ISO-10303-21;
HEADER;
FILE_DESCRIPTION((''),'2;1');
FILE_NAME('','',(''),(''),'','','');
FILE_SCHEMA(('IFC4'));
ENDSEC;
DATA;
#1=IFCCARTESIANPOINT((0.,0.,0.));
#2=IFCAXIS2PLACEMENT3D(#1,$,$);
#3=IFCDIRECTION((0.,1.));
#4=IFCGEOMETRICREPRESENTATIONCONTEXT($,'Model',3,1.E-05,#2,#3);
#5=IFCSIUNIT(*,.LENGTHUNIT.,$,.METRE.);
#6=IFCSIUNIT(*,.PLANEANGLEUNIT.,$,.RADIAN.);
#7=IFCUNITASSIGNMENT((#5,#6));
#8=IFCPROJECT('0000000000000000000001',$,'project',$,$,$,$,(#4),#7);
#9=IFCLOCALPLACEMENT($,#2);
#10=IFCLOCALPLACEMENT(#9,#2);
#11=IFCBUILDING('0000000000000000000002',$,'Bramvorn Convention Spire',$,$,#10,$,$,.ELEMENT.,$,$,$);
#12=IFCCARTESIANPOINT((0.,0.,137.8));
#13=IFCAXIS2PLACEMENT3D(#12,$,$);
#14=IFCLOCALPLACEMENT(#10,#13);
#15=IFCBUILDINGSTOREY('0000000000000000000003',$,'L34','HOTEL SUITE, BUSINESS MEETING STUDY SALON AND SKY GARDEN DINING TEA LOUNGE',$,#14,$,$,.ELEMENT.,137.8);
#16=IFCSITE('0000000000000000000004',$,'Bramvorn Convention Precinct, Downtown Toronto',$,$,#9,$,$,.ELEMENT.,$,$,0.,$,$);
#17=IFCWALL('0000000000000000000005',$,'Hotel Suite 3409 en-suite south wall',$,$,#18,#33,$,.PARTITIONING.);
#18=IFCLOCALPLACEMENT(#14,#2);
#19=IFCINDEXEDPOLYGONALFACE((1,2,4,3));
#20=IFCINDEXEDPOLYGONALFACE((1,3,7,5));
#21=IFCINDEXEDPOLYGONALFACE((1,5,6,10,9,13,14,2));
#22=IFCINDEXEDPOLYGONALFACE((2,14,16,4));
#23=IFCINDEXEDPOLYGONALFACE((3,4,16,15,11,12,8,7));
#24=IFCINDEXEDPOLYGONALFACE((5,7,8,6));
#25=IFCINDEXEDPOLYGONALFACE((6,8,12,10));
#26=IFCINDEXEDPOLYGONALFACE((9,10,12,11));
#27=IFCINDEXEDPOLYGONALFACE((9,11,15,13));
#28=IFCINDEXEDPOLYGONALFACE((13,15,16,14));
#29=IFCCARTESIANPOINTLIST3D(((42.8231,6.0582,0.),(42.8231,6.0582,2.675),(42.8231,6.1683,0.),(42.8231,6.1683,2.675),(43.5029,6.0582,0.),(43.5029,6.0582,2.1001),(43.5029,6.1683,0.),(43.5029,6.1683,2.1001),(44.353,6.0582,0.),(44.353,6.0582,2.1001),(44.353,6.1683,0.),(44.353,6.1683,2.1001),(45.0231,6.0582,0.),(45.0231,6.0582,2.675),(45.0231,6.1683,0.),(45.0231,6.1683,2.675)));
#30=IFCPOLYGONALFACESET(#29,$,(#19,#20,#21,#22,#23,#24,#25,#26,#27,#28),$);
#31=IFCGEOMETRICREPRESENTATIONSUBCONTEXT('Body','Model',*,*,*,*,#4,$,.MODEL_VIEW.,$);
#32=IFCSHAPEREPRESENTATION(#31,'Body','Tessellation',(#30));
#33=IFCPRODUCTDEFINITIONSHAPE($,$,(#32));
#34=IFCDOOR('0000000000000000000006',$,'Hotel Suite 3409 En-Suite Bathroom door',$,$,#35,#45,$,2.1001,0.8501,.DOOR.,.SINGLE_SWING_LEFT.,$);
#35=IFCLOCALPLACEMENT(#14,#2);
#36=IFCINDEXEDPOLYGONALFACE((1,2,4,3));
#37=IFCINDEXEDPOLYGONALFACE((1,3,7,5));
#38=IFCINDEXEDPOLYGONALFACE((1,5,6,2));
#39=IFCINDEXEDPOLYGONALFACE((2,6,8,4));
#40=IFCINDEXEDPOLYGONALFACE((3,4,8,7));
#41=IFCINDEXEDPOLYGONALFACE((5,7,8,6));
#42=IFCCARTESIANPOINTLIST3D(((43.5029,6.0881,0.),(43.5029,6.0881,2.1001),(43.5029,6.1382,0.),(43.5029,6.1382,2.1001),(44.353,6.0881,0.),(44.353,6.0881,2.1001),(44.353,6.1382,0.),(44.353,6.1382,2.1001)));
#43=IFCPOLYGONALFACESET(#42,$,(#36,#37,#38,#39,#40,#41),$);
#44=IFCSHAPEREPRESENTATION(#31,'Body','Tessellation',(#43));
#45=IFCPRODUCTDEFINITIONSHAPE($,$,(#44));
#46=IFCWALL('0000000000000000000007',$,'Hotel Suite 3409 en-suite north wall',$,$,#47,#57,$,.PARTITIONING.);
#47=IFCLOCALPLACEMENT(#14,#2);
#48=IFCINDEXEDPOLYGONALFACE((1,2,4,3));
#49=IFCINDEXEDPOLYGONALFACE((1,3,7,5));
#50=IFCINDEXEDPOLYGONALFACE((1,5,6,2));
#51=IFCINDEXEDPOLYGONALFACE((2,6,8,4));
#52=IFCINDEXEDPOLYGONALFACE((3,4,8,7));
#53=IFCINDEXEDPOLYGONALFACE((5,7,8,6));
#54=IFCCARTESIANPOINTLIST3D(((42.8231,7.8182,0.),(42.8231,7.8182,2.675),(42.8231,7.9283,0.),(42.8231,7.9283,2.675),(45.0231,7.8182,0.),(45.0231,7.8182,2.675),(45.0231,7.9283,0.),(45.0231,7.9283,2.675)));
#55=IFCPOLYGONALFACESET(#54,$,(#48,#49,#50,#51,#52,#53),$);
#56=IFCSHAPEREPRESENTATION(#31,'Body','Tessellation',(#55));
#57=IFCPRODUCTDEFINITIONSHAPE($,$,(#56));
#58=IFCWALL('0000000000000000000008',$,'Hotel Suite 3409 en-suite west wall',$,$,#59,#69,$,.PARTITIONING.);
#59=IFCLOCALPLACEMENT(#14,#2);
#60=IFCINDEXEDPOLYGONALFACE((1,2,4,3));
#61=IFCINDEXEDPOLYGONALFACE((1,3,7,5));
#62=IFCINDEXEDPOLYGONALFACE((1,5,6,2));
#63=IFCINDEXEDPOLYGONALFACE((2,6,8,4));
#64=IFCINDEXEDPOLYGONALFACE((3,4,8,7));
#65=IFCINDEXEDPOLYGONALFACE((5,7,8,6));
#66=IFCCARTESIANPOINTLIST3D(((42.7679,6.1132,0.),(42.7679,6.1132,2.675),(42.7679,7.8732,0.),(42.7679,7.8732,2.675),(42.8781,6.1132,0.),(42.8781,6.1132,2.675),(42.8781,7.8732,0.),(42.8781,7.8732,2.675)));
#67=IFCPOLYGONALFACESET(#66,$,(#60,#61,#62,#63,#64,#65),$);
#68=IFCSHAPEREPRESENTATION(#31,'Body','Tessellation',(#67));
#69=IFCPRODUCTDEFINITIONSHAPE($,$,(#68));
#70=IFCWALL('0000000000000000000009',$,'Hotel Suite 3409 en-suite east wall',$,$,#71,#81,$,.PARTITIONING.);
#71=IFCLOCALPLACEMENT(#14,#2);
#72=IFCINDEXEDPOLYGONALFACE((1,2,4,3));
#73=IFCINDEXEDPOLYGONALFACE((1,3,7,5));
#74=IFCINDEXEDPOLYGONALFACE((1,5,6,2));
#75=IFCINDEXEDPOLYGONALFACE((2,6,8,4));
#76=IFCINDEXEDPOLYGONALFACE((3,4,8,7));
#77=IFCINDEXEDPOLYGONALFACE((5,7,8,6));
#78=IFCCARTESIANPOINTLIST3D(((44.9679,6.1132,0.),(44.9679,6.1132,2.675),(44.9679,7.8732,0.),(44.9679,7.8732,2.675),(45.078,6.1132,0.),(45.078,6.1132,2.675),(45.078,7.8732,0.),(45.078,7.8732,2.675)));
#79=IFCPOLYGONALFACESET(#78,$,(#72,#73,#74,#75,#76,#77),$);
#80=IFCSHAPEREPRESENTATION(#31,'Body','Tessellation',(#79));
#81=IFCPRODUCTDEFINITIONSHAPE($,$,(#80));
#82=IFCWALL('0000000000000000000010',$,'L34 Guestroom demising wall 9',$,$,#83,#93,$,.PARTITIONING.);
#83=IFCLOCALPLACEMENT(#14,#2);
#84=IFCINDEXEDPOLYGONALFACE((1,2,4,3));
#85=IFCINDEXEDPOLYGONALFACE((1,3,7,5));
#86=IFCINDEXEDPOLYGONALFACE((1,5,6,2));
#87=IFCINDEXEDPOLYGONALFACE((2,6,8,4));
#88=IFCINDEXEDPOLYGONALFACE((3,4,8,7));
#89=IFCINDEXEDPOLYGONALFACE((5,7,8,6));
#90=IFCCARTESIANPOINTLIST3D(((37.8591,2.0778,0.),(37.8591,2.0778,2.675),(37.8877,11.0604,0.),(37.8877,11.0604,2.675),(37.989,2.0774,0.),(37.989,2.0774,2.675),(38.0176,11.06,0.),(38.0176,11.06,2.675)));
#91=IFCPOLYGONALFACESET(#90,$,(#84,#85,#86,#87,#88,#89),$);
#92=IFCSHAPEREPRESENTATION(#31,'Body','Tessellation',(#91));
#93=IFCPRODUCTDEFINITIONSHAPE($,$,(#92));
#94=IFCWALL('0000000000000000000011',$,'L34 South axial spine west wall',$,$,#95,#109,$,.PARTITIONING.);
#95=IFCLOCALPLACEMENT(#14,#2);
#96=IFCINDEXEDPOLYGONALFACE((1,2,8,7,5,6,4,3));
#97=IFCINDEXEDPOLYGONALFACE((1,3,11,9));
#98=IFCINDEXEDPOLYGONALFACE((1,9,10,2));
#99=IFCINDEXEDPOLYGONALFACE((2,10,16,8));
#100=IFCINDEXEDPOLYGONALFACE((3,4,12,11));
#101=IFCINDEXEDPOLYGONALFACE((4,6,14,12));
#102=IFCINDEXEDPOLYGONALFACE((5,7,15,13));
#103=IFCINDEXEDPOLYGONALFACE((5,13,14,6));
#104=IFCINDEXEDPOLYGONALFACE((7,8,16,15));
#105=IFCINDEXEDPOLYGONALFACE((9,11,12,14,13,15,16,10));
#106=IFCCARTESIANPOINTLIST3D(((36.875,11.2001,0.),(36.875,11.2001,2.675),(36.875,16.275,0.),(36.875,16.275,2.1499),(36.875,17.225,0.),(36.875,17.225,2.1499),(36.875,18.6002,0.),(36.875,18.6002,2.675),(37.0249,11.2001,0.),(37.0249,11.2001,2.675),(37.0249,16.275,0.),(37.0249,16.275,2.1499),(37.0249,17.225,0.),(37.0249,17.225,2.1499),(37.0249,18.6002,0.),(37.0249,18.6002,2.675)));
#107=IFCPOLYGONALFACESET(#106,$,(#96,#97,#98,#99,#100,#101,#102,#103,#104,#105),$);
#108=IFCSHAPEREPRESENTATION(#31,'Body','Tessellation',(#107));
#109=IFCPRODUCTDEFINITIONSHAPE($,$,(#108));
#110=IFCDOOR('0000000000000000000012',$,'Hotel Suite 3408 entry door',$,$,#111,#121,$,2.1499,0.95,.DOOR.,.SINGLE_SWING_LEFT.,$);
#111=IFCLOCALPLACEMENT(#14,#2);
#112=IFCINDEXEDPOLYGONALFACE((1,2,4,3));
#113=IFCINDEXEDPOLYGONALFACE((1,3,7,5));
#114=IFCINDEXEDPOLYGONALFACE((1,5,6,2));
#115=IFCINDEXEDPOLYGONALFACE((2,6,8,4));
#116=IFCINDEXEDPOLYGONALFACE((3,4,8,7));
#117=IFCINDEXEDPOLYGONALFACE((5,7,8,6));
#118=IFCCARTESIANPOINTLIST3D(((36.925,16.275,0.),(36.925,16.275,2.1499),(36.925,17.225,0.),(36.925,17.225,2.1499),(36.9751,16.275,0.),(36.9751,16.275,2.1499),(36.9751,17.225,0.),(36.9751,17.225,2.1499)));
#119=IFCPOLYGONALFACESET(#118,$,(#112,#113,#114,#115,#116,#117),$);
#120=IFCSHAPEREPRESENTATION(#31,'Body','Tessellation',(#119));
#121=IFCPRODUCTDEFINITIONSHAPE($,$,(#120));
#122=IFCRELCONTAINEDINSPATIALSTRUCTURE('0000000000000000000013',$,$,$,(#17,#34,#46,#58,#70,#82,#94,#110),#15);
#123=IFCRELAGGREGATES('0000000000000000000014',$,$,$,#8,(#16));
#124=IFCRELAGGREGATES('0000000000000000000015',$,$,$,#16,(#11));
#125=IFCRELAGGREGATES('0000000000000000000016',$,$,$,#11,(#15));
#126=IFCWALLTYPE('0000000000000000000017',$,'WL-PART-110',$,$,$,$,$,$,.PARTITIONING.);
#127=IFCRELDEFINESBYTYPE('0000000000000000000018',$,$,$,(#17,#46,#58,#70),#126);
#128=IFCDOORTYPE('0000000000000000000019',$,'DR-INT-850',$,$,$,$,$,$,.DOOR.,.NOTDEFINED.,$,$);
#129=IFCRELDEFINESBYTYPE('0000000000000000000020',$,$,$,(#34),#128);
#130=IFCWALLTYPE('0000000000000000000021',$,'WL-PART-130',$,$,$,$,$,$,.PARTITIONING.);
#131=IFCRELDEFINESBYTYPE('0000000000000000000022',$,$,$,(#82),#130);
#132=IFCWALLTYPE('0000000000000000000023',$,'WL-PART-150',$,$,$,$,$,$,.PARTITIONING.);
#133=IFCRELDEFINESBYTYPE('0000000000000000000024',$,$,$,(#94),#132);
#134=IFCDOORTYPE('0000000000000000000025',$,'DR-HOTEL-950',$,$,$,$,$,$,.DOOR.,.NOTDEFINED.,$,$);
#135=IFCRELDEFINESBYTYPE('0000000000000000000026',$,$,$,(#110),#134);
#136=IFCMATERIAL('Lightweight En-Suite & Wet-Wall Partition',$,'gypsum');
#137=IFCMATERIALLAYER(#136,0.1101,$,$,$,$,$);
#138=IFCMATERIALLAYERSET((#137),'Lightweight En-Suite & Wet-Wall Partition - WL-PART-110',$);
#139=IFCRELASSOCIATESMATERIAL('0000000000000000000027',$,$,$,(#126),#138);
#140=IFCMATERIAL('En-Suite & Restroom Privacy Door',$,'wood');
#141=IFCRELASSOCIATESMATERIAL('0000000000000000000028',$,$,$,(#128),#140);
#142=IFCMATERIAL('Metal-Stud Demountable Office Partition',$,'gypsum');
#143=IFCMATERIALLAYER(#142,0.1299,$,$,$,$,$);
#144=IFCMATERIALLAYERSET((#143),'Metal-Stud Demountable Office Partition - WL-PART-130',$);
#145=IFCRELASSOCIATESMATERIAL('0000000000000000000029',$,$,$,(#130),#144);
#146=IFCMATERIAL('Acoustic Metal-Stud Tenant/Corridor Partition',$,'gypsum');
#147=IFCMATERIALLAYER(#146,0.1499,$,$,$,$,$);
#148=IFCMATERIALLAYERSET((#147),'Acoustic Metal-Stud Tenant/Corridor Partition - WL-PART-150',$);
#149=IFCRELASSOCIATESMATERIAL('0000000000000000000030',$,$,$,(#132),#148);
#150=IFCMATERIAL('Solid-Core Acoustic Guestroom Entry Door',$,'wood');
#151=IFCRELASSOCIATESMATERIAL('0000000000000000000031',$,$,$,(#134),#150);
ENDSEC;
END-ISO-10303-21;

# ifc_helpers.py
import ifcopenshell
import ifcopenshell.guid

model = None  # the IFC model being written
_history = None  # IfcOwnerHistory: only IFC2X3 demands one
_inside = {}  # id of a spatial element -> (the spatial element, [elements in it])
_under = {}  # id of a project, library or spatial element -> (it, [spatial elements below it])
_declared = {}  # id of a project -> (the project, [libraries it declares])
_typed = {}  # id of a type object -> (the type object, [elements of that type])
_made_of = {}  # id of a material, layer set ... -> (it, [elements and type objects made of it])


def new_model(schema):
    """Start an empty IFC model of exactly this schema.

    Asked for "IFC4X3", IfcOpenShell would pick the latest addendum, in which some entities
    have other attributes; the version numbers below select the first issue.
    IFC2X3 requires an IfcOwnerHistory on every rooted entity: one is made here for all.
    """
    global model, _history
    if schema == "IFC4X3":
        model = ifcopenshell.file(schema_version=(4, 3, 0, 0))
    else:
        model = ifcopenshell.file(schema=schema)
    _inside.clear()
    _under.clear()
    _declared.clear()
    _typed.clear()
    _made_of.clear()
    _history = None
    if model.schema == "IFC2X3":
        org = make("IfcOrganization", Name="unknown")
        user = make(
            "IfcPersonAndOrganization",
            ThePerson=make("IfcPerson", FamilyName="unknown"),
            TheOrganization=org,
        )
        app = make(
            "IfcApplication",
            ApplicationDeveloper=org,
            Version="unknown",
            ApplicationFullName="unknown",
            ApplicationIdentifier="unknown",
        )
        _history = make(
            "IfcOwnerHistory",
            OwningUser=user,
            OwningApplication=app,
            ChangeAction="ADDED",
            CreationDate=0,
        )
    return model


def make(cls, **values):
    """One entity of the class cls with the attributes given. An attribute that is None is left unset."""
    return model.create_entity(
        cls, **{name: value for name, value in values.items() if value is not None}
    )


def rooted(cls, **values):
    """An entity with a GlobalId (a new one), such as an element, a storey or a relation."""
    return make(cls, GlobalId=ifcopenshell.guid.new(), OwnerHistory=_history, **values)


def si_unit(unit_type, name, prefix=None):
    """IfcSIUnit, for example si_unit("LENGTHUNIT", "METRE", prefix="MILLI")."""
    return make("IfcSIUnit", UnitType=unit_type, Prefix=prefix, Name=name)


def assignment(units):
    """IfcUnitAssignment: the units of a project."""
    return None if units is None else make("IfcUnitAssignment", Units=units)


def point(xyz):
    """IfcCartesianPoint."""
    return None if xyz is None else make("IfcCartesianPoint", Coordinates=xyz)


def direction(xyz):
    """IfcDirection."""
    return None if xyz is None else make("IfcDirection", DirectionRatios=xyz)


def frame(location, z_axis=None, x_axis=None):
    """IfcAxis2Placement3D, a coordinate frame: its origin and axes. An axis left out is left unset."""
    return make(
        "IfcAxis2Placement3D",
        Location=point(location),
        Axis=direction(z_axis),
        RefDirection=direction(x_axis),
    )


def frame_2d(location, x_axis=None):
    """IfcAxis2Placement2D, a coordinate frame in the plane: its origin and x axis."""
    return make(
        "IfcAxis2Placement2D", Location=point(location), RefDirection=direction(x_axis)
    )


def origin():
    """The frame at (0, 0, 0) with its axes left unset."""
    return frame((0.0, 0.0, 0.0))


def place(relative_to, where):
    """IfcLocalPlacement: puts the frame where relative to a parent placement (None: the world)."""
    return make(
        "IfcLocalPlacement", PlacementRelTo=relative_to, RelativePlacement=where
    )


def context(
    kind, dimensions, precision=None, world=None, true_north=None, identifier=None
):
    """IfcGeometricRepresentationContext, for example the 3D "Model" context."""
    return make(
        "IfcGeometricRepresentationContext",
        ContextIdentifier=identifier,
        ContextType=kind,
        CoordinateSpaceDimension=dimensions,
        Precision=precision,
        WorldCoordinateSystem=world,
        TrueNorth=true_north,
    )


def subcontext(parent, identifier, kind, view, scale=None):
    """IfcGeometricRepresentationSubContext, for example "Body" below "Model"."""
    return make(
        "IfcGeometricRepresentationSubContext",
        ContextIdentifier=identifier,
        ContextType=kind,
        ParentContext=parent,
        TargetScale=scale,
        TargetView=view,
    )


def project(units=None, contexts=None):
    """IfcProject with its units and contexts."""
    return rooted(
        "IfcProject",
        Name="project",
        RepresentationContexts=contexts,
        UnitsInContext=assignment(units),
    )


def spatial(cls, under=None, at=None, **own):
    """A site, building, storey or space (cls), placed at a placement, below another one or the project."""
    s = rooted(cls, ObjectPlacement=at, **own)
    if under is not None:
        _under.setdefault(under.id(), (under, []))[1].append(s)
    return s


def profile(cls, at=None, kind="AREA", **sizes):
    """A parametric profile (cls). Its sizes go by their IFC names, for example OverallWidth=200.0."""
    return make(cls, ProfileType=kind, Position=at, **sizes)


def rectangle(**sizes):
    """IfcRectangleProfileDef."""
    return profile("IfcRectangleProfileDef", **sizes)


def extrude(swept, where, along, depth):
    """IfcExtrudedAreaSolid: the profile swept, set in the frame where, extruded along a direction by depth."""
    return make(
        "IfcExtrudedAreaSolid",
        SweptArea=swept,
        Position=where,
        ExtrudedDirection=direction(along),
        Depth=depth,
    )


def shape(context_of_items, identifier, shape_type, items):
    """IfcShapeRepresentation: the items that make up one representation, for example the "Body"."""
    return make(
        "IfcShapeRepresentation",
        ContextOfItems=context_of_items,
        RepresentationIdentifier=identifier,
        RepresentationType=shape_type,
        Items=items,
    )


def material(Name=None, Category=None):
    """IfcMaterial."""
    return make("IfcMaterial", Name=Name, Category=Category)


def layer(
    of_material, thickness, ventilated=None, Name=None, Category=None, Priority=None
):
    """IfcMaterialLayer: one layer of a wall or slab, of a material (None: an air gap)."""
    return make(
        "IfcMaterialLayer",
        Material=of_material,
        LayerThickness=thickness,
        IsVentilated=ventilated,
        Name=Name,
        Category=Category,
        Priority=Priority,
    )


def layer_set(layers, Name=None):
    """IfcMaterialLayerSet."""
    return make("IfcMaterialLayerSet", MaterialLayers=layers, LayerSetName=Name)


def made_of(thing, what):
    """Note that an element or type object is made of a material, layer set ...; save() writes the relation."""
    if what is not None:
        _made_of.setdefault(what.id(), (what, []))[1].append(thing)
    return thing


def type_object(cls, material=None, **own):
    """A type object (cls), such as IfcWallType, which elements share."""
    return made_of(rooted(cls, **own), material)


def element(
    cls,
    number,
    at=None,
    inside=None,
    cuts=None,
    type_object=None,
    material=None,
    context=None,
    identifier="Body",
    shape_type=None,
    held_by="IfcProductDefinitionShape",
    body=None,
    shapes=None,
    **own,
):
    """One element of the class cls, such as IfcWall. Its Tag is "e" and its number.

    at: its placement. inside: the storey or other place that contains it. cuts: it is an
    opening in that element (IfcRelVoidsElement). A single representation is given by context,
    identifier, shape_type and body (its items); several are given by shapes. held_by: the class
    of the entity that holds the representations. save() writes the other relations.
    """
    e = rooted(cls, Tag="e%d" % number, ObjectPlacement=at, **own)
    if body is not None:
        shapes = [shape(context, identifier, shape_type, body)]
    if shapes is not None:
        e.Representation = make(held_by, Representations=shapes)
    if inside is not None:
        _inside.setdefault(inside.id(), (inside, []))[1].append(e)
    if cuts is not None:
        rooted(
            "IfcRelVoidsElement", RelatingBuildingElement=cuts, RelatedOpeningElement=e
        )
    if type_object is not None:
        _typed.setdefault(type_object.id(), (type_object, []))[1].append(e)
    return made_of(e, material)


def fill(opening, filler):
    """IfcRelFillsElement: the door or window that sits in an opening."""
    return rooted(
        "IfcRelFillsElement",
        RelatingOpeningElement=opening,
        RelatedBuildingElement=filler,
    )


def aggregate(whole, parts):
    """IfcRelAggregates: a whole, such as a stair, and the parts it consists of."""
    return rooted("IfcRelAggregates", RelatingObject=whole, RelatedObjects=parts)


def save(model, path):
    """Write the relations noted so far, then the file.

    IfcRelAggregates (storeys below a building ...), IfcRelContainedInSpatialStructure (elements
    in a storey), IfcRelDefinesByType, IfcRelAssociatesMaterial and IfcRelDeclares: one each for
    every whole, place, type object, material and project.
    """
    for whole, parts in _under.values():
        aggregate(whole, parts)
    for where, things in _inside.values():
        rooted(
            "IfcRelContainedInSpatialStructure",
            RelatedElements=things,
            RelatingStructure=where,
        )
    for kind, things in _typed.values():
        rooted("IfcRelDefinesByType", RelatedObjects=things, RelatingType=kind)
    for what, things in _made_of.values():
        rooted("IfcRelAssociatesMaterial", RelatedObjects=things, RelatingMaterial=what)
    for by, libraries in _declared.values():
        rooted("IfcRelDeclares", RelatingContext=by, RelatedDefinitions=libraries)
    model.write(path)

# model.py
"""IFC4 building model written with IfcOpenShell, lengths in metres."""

from ifc_helpers import new_model, si_unit, direction, frame, frame_2d, origin, place, context, subcontext, project, spatial, rectangle, extrude, material, layer, layer_set, type_object, element, fill, save


model = new_model("IFC4")

# Units and contexts
model_context = context("Model", 3, precision=1e-05, world=origin(), true_north=direction((0.0, 1.0)))
body_context = subcontext(model_context, "Body", "Model", "MODEL_VIEW")
ifc_project = project(units=[si_unit("LENGTHUNIT", "METRE"), si_unit("PLANEANGLEUNIT", "RADIAN")], contexts=[model_context])

# Site, building, storey
site_placement = place(None, origin())
site = spatial("IfcSite", under=ifc_project, at=site_placement, Name="Bramvorn Convention Precinct, Downtown Toronto", CompositionType="ELEMENT", RefElevation=0.0)
building_placement = place(site_placement, origin())
building = spatial("IfcBuilding", under=site, at=building_placement, Name="Bramvorn Convention Spire", CompositionType="ELEMENT")
storey_placement = place(building_placement, frame((0.0, 0.0, 137.8)))
storey = spatial("IfcBuildingStorey", under=building, at=storey_placement, Name="L34", Description="HOTEL SUITE, BUSINESS MEETING STUDY SALON AND SKY GARDEN DINING TEA LOUNGE", CompositionType="ELEMENT", Elevation=137.8)

# Shared definitions
ifc_material_1 = material(Name="Lightweight En-Suite & Wet-Wall Partition", Category="gypsum")
ifc_layer_1 = layer(ifc_material_1, 0.1101)
ifc_layer_set_1 = layer_set([ifc_layer_1], Name="Lightweight En-Suite & Wet-Wall Partition - WL-PART-110")
wall_type_1 = type_object("IfcWallType", Name="WL-PART-110", PredefinedType="PARTITIONING", material=ifc_layer_set_1)

# Wall, opening, door
wall_1_placement = place(storey_placement, frame((42.823, 6.1133, 0.0), z_axis=(0.0, 0.0, 1.0), x_axis=(1.0, 0.0, 0.0)))
wall_1 = element("IfcWall", 1, at=wall_1_placement, inside=storey, type_object=wall_type_1, Name="Hotel Suite 3409 en-suite south wall", PredefinedType="PARTITIONING", context=body_context, shape_type="SweptSolid", body=[
    extrude(rectangle(XDim=2.2, YDim=0.1101, at=frame_2d((1.1001, 0.0))), origin(), (0.0, 0.0, 1.0), 2.675),
])
opening_1_placement = place(wall_1_placement, frame((0.6799, 0.0, 0.0)))
opening_1 = element("IfcOpeningElement", 2, at=opening_1_placement, cuts=wall_1, PredefinedType="OPENING", context=body_context, shape_type="SweptSolid", body=[
    extrude(rectangle(XDim=0.8501, YDim=2.1001, at=frame_2d((0.425, 1.05))), frame((0.0, 0.0649, 0.0), z_axis=(0.0, -1.0, 0.0), x_axis=(1.0, 0.0, 0.0)), (0.0, 0.0, 1.0), 0.1301),
])
ifc_material_2 = material(Name="En-Suite & Restroom Privacy Door", Category="wood")
door_type_1 = type_object("IfcDoorType", Name="DR-INT-850", OperationType="NOTDEFINED", PredefinedType="DOOR", material=ifc_material_2)
door_1_placement = place(opening_1_placement, origin())
door_1 = element("IfcDoor", 3, at=door_1_placement, inside=storey, type_object=door_type_1, Name="Hotel Suite 3409 En-Suite Bathroom door", OperationType="SINGLE_SWING_LEFT", OverallHeight=2.1001, OverallWidth=0.8501, PredefinedType="DOOR", context=body_context, shape_type="SweptSolid", body=[
    extrude(rectangle(XDim=0.8501, YDim=2.1001, at=frame_2d((0.425, 1.05))), frame((0.0, 0.0249, 0.0), z_axis=(0.0, -1.0, 0.0), x_axis=(1.0, 0.0, 0.0)), (0.0, 0.0, 1.0), 0.05),
])
fill(opening_1, door_1)

# Walls
wall_2_placement = place(storey_placement, frame((42.823, 7.8733, 0.0), z_axis=(0.0, 0.0, 1.0), x_axis=(1.0, 0.0, 0.0)))
element("IfcWall", 4, at=wall_2_placement, inside=storey, type_object=wall_type_1, Name="Hotel Suite 3409 en-suite north wall", PredefinedType="PARTITIONING", context=body_context, shape_type="SweptSolid", body=[
    extrude(rectangle(XDim=2.2, YDim=0.1101, at=frame_2d((1.1001, 0.0))), origin(), (0.0, 0.0, 1.0), 2.675),
])
for number, where, z_axis, x_axis, name in (
    (5, (42.823, 6.1133, 0.0), (0.0, 0.0, 1.0), (0.0, 1.0, 0.0), "Hotel Suite 3409 en-suite west wall"),
    (6, (45.0229, 6.1133, 0.0), (0.0, 0.0, 1.0), (0.0, 1.0, 0.0), "Hotel Suite 3409 en-suite east wall"),
):
    element("IfcWall", number, at=place(storey_placement, frame(where, z_axis=z_axis, x_axis=x_axis)), inside=storey, type_object=wall_type_1, Name=name, PredefinedType="PARTITIONING", context=body_context, shape_type="SweptSolid", body=[
        extrude(rectangle(XDim=1.76, YDim=0.1101, at=frame_2d((0.8799, 0.0))), origin(), (0.0, 0.0, 1.0), 2.675),
    ])
ifc_material_3 = material(Name="Metal-Stud Demountable Office Partition", Category="gypsum")
ifc_layer_2 = layer(ifc_material_3, 0.1299)
ifc_layer_set_2 = layer_set([ifc_layer_2], Name="Metal-Stud Demountable Office Partition - WL-PART-130")
wall_type_2 = type_object("IfcWallType", Name="WL-PART-130", PredefinedType="PARTITIONING", material=ifc_layer_set_2)
wall_3_placement = place(storey_placement, frame((37.9526, 11.0601, 0.0), z_axis=(0.0, 0.0, 1.0), x_axis=(-0.00318, -0.999995, 0.0)))
element("IfcWall", 7, at=wall_3_placement, inside=storey, type_object=wall_type_2, Name="L34 Guestroom demising wall 9", PredefinedType="PARTITIONING", context=body_context, shape_type="SweptSolid", body=[
    extrude(rectangle(XDim=8.9827, YDim=0.1299, at=frame_2d((4.4912, 0.0))), origin(), (0.0, 0.0, 1.0), 2.675),
])

# Wall, opening, door
ifc_material_4 = material(Name="Acoustic Metal-Stud Tenant/Corridor Partition", Category="gypsum")
ifc_layer_3 = layer(ifc_material_4, 0.1499)
ifc_layer_set_3 = layer_set([ifc_layer_3], Name="Acoustic Metal-Stud Tenant/Corridor Partition - WL-PART-150")
wall_type_3 = type_object("IfcWallType", Name="WL-PART-150", PredefinedType="PARTITIONING", material=ifc_layer_set_3)
wall_4_placement = place(storey_placement, frame((36.95, 11.2, 0.0), z_axis=(0.0, 0.0, 1.0), x_axis=(0.0, 1.0, 0.0)))
wall_4 = element("IfcWall", 8, at=wall_4_placement, inside=storey, type_object=wall_type_3, Name="L34 South axial spine west wall", PredefinedType="PARTITIONING", context=body_context, shape_type="SweptSolid", body=[
    extrude(rectangle(XDim=7.4001, YDim=0.1499, at=frame_2d((3.7002, 0.0))), origin(), (0.0, 0.0, 1.0), 2.675),
])
opening_2_placement = place(wall_4_placement, frame((5.075, 0.0, 0.0)))
opening_2 = element("IfcOpeningElement", 9, at=opening_2_placement, cuts=wall_4, PredefinedType="OPENING", context=body_context, shape_type="SweptSolid", body=[
    extrude(rectangle(XDim=0.95, YDim=2.1499, at=frame_2d((0.4751, 1.075))), frame((0.0, 0.085, 0.0), z_axis=(0.0, -1.0, 0.0), x_axis=(1.0, 0.0, 0.0)), (0.0, 0.0, 1.0), 0.1699),
])
ifc_material_5 = material(Name="Solid-Core Acoustic Guestroom Entry Door", Category="wood")
door_type_2 = type_object("IfcDoorType", Name="DR-HOTEL-950", OperationType="NOTDEFINED", PredefinedType="DOOR", material=ifc_material_5)
door_2_placement = place(opening_2_placement, origin())
door_2 = element("IfcDoor", 10, at=door_2_placement, inside=storey, type_object=door_type_2, Name="Hotel Suite 3408 entry door", OperationType="SINGLE_SWING_LEFT", OverallHeight=2.1499, OverallWidth=0.95, PredefinedType="DOOR", context=body_context, shape_type="SweptSolid", body=[
    extrude(rectangle(XDim=0.95, YDim=2.1499, at=frame_2d((0.4751, 1.075))), frame((0.0, 0.0249, 0.0), z_axis=(0.0, -1.0, 0.0), x_axis=(1.0, 0.0, 0.0)), (0.0, 0.0, 1.0), 0.05),
])
fill(opening_2, door_2)

save(model, "model.ifc")
